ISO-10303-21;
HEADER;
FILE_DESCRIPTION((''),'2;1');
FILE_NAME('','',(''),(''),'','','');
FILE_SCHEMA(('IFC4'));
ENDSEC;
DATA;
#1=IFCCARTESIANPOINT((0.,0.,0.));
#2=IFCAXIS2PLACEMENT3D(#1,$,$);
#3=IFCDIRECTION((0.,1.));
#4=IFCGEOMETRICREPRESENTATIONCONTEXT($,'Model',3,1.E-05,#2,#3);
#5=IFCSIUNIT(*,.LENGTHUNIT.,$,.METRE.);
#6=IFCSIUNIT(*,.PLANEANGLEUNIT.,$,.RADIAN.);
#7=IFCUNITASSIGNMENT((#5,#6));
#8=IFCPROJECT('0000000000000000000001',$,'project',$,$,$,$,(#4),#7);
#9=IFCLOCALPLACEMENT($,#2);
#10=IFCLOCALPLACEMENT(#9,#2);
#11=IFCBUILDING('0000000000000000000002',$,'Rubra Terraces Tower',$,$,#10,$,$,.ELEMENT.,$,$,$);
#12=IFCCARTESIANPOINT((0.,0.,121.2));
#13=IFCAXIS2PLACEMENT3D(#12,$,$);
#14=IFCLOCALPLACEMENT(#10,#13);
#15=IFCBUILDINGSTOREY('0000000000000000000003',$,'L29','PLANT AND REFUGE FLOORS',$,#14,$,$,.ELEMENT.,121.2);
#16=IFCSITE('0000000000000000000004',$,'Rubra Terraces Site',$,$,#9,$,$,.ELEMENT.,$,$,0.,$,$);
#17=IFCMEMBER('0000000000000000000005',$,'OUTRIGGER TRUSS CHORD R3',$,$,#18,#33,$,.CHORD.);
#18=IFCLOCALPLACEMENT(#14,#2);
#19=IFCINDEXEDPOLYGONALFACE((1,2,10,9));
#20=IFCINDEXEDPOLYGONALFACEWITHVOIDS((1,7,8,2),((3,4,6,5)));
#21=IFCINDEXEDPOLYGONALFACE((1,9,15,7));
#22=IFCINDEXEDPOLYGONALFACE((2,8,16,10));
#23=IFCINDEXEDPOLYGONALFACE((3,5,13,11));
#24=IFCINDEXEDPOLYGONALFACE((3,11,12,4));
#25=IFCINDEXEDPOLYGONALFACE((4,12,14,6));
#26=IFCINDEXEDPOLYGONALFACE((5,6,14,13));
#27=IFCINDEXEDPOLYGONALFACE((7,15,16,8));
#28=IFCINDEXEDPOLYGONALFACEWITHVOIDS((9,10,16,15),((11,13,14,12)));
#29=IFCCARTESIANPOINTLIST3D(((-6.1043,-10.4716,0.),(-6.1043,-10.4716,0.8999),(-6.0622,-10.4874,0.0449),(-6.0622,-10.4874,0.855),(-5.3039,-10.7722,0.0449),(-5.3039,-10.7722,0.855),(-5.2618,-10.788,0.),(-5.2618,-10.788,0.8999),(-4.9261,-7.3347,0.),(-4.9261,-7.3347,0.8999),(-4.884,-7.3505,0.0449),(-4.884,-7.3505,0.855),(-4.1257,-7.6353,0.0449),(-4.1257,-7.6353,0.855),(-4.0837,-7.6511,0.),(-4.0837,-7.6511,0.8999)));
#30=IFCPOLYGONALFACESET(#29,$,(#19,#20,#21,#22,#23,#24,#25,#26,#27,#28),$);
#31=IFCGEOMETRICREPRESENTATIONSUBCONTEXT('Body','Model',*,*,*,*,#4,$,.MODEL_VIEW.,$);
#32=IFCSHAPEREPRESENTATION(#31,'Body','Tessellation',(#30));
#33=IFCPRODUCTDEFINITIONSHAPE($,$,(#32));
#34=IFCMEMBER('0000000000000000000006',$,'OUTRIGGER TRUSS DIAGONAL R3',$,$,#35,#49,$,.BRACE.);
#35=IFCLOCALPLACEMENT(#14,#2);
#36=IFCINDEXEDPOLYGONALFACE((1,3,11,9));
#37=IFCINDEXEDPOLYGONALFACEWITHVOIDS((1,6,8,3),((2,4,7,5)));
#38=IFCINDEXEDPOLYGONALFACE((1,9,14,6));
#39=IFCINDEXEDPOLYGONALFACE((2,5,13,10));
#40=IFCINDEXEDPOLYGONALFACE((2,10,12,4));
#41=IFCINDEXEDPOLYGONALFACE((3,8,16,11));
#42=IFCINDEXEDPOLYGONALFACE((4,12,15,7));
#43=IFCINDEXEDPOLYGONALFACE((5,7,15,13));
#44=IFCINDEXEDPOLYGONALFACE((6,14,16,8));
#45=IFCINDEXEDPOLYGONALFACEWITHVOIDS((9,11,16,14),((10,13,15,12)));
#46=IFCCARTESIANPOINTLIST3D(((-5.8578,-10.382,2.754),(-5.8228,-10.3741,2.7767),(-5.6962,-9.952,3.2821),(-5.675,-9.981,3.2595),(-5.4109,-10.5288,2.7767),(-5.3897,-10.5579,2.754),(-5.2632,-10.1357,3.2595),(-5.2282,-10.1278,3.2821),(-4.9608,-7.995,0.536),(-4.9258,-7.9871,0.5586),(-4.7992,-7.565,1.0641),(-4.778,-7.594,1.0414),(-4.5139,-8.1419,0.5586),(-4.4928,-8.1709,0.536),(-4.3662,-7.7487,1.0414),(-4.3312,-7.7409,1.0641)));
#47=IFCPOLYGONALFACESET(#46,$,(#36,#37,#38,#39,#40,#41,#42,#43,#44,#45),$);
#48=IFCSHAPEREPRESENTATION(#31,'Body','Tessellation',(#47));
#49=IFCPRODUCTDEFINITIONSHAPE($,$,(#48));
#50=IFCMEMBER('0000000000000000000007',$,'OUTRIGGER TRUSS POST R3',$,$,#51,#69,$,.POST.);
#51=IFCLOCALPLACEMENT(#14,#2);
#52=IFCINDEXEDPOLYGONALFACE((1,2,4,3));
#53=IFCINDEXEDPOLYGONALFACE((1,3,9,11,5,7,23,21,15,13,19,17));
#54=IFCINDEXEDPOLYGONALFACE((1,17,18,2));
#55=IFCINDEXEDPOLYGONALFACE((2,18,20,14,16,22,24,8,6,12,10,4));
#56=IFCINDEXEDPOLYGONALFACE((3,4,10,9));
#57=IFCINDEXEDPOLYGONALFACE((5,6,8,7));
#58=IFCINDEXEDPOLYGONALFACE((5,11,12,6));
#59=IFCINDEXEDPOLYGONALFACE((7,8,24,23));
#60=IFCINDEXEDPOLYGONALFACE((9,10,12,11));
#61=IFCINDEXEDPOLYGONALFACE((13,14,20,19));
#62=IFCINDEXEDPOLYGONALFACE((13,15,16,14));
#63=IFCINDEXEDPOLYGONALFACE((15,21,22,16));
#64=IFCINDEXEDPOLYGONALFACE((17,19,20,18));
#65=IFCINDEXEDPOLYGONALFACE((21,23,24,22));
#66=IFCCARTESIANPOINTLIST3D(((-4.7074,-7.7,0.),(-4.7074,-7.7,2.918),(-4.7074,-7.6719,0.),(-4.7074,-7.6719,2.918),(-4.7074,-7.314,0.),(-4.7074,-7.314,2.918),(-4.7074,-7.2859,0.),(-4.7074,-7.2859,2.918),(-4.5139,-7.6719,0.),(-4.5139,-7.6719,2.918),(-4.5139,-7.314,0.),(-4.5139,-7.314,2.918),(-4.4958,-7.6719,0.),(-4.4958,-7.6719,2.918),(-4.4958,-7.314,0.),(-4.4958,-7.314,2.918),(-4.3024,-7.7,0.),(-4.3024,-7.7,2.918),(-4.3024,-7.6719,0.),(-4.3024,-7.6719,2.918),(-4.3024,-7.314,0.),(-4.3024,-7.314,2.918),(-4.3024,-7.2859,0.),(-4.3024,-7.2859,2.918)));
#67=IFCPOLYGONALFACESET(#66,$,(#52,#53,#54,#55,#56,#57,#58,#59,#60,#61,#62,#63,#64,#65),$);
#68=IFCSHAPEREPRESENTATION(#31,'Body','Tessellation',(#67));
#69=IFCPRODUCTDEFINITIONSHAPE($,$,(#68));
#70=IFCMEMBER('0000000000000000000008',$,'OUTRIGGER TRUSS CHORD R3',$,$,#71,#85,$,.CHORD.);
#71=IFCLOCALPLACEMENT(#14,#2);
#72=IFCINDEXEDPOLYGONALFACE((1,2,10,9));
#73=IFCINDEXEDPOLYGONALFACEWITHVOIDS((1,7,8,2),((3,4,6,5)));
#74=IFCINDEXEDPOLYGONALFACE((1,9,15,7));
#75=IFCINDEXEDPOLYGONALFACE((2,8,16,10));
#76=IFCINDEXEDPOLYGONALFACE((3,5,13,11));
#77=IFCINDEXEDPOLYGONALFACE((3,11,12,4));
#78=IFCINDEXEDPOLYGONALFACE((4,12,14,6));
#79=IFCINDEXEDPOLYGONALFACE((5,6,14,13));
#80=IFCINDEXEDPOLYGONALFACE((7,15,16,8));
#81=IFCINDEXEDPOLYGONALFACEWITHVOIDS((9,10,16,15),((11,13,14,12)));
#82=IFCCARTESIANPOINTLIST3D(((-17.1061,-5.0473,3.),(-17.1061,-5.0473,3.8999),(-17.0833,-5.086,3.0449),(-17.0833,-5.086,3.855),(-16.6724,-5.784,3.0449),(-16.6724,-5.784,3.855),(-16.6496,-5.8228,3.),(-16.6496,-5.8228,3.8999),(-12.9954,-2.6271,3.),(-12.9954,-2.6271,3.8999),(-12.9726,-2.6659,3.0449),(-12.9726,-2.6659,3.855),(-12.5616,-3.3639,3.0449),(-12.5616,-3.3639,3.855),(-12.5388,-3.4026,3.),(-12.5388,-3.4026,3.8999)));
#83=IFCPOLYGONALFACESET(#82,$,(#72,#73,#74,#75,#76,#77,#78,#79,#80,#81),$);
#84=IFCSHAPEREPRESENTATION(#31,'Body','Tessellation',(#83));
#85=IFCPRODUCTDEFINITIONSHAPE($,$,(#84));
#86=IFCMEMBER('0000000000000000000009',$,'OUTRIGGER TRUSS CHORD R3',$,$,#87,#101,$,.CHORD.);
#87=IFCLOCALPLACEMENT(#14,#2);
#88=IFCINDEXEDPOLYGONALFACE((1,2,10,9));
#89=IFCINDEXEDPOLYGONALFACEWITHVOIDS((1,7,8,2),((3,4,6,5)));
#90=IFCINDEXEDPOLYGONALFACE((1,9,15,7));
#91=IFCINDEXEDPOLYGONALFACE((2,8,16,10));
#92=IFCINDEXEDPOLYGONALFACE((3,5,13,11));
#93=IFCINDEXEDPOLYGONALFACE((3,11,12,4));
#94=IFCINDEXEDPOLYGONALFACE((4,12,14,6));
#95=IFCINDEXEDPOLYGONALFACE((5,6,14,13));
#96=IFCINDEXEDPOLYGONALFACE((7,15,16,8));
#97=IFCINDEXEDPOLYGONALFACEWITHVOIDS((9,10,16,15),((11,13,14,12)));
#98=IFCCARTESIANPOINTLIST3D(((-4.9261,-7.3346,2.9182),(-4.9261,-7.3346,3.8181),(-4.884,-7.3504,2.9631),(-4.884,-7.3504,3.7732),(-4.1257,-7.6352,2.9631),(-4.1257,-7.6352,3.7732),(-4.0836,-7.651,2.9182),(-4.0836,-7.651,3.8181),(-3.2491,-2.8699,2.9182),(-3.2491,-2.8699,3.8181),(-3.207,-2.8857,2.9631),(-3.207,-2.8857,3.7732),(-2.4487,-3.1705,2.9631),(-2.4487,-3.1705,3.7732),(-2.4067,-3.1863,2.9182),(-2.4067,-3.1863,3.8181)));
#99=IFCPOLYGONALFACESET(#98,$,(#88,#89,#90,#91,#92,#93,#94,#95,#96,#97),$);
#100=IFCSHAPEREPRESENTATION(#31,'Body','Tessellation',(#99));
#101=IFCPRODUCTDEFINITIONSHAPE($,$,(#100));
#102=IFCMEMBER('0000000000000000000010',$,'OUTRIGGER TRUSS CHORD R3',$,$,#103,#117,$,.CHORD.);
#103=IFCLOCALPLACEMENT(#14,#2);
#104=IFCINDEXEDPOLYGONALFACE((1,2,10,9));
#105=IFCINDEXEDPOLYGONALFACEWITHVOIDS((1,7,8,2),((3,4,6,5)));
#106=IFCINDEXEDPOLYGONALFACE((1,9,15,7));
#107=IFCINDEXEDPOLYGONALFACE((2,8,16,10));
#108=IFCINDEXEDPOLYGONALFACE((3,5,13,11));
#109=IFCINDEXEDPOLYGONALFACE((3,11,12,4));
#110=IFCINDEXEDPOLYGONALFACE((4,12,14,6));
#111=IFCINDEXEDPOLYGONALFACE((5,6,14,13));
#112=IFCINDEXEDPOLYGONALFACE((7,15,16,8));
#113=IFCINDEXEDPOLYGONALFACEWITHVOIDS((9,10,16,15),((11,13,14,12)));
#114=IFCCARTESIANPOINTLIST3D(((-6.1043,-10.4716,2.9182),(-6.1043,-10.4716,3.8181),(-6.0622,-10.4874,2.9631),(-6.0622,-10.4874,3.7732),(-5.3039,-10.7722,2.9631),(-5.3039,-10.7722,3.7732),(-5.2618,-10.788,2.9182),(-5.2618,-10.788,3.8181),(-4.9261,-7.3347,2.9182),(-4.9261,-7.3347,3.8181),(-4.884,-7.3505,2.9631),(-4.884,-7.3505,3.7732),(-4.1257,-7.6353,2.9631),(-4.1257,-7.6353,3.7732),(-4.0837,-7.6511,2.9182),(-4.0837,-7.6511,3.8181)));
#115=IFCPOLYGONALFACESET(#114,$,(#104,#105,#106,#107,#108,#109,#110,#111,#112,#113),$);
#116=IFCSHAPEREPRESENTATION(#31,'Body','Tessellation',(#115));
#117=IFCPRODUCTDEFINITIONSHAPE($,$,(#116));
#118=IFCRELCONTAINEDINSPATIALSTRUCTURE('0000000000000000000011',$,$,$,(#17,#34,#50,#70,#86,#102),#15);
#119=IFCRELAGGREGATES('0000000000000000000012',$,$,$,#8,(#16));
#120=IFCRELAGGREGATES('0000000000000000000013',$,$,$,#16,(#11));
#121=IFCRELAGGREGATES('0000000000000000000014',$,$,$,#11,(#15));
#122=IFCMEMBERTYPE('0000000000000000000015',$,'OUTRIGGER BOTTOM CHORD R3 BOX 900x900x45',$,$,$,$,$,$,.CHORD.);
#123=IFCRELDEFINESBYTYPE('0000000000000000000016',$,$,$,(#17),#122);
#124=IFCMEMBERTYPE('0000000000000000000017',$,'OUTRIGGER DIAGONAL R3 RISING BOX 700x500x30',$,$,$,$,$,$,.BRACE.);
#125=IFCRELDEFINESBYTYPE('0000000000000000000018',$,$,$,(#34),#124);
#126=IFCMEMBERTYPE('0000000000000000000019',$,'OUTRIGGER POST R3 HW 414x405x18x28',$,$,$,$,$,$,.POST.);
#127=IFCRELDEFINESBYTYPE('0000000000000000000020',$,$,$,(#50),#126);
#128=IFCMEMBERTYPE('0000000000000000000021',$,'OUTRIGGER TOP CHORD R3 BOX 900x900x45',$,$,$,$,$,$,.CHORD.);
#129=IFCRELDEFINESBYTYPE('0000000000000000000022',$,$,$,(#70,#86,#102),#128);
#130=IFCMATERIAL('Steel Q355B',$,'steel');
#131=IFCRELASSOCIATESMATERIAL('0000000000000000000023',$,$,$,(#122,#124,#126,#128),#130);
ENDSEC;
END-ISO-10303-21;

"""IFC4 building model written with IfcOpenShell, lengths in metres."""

from ifc_helpers import new_model, si_unit, direction, frame, origin, origin_2d, place, context, subcontext, project, spatial, hollow_rectangle, i_section, extrude, material, material_profile, profile_set, type_object, element, save


model = new_model("IFC4")

# Units and contexts
model_context = context("Model", 3, precision=1e-05, world=origin(), true_north=direction((0.0, 1.0)))
body_context = subcontext(model_context, "Body", "Model", "MODEL_VIEW")
ifc_project = project(units=[si_unit("LENGTHUNIT", "METRE"), si_unit("PLANEANGLEUNIT", "RADIAN")], contexts=[model_context])

# Site, building, storey
site_placement = place(None, origin())
site = spatial("IfcSite", under=ifc_project, at=site_placement, Name="Rubra Terraces Site", CompositionType="ELEMENT", RefElevation=0.0)
building_placement = place(site_placement, origin())
building = spatial("IfcBuilding", under=site, at=building_placement, Name="Rubra Terraces Tower", CompositionType="ELEMENT")
storey_placement = place(building_placement, frame((0.0, 0.0, 121.2)))
storey = spatial("IfcBuildingStorey", under=building, at=storey_placement, Name="L29", Description="PLANT AND REFUGE FLOORS", CompositionType="ELEMENT", Elevation=121.2)

# Members
ifc_material_1 = material(Name="Steel Q355B", Category="steel")
ifc_material_profile_1 = material_profile(ifc_material_1, hollow_rectangle(XDim=0.8999, YDim=0.8999, WallThickness=0.0449, at=origin_2d()), Name="BOX 900x900x45")
ifc_profile_set_1 = profile_set([ifc_material_profile_1], Name="Steel Q355B")
member_type_1 = type_object("IfcMemberType", Name="OUTRIGGER BOTTOM CHORD R3 BOX 900x900x45", PredefinedType="CHORD", material=ifc_profile_set_1)
member_1_placement = place(storey_placement, frame((-4.5049, -7.4929, 0.45), z_axis=(-0.35161, -0.936146, 0.0), x_axis=(0.936146, -0.35161, 0.0)))
element("IfcMember", 1, at=member_1_placement, inside=storey, type_object=member_type_1, Name="OUTRIGGER TRUSS CHORD R3", PredefinedType="CHORD", context=body_context, shape_type="SweptSolid", body=[
    extrude(hollow_rectangle(XDim=0.8999, YDim=0.8999, WallThickness=0.0449, at=origin_2d()), origin(), (0.0, 0.0, 1.0), 3.3508),
])
ifc_material_profile_2 = material_profile(ifc_material_1, hollow_rectangle(XDim=0.5, YDim=0.7, WallThickness=0.03, at=origin_2d()), Name="BOX 700x500x30")
ifc_profile_set_2 = profile_set([ifc_material_profile_2], Name="Steel Q355B")
member_type_2 = type_object("IfcMemberType", Name="OUTRIGGER DIAGONAL R3 RISING BOX 700x500x30", PredefinedType="BRACE", material=ifc_profile_set_2)
member_2_placement = place(storey_placement, frame((-4.646, -7.8679, 0.8), z_axis=(-0.265407, -0.706284, 0.656294), x_axis=(0.936089, -0.351763, 0.0)))
element("IfcMember", 2, at=member_2_placement, inside=storey, type_object=member_type_2, Name="OUTRIGGER TRUSS DIAGONAL R3", PredefinedType="BRACE", context=body_context, shape_type="SweptSolid", body=[
    extrude(hollow_rectangle(XDim=0.5, YDim=0.7, WallThickness=0.03, at=origin_2d()), origin(), (0.0, 0.0, 1.0), 3.3796),
])
ifc_material_profile_3 = material_profile(ifc_material_1, i_section(OverallWidth=0.405, OverallDepth=0.4141, WebThickness=0.0181, FlangeThickness=0.0281, at=origin_2d()), Name="HW 414x405x18x28")
ifc_profile_set_3 = profile_set([ifc_material_profile_3], Name="Steel Q355B")
member_type_3 = type_object("IfcMemberType", Name="OUTRIGGER POST R3 HW 414x405x18x28", PredefinedType="POST", material=ifc_profile_set_3)
member_3_placement = place(storey_placement, frame((-4.5049, -7.4929, 0.0), z_axis=(0.0, 0.0, 1.0), x_axis=(1.0, 0.0, 0.0)))
element("IfcMember", 3, at=member_3_placement, inside=storey, type_object=member_type_3, Name="OUTRIGGER TRUSS POST R3", PredefinedType="POST", context=body_context, shape_type="SweptSolid", body=[
    extrude(i_section(OverallWidth=0.405, OverallDepth=0.4141, WebThickness=0.0181, FlangeThickness=0.0281, at=origin_2d()), origin(), (0.0, 0.0, 1.0), 2.918),
])
ifc_material_profile_4 = material_profile(ifc_material_1, hollow_rectangle(XDim=0.8999, YDim=0.8999, WallThickness=0.0449, at=origin_2d()), Name="BOX 900x900x45")
ifc_profile_set_4 = profile_set([ifc_material_profile_4], Name="Steel Q355B")
member_type_4 = type_object("IfcMemberType", Name="OUTRIGGER TOP CHORD R3 BOX 900x900x45", PredefinedType="CHORD", material=ifc_profile_set_4)
member_4_placement = place(storey_placement, frame((-12.7671, -3.0149, 3.45), z_axis=(-0.861749, -0.507335, 0.0), x_axis=(0.507335, -0.861749, 0.0)))
element("IfcMember", 4, at=member_4_placement, inside=storey, type_object=member_type_4, Name="OUTRIGGER TRUSS CHORD R3", PredefinedType="CHORD", context=body_context, shape_type="SweptSolid", body=[
    extrude(hollow_rectangle(XDim=0.8999, YDim=0.8999, WallThickness=0.0449, at=origin_2d()), origin(), (0.0, 0.0, 1.0), 4.7703),
])
member_5_placement = place(storey_placement, frame((-2.8279, -3.0281, 3.3682), z_axis=(-0.351617, -0.936144, 0.0), x_axis=(0.936144, -0.351617, 0.0)))
element("IfcMember", 5, at=member_5_placement, inside=storey, type_object=member_type_4, Name="OUTRIGGER TRUSS CHORD R3", PredefinedType="CHORD", context=body_context, shape_type="SweptSolid", body=[
    extrude(hollow_rectangle(XDim=0.8999, YDim=0.8999, WallThickness=0.0449, at=origin_2d()), origin(), (0.0, 0.0, 1.0), 4.7693),
])
member_6_placement = place(storey_placement, frame((-4.5049, -7.4929, 3.3682), z_axis=(-0.35161, -0.936146, 0.0), x_axis=(0.936146, -0.35161, 0.0)))
element("IfcMember", 6, at=member_6_placement, inside=storey, type_object=member_type_4, Name="OUTRIGGER TRUSS CHORD R3", PredefinedType="CHORD", context=body_context, shape_type="SweptSolid", body=[
    extrude(hollow_rectangle(XDim=0.8999, YDim=0.8999, WallThickness=0.0449, at=origin_2d()), origin(), (0.0, 0.0, 1.0), 3.3508),
])

save(model, "model.ifc")
